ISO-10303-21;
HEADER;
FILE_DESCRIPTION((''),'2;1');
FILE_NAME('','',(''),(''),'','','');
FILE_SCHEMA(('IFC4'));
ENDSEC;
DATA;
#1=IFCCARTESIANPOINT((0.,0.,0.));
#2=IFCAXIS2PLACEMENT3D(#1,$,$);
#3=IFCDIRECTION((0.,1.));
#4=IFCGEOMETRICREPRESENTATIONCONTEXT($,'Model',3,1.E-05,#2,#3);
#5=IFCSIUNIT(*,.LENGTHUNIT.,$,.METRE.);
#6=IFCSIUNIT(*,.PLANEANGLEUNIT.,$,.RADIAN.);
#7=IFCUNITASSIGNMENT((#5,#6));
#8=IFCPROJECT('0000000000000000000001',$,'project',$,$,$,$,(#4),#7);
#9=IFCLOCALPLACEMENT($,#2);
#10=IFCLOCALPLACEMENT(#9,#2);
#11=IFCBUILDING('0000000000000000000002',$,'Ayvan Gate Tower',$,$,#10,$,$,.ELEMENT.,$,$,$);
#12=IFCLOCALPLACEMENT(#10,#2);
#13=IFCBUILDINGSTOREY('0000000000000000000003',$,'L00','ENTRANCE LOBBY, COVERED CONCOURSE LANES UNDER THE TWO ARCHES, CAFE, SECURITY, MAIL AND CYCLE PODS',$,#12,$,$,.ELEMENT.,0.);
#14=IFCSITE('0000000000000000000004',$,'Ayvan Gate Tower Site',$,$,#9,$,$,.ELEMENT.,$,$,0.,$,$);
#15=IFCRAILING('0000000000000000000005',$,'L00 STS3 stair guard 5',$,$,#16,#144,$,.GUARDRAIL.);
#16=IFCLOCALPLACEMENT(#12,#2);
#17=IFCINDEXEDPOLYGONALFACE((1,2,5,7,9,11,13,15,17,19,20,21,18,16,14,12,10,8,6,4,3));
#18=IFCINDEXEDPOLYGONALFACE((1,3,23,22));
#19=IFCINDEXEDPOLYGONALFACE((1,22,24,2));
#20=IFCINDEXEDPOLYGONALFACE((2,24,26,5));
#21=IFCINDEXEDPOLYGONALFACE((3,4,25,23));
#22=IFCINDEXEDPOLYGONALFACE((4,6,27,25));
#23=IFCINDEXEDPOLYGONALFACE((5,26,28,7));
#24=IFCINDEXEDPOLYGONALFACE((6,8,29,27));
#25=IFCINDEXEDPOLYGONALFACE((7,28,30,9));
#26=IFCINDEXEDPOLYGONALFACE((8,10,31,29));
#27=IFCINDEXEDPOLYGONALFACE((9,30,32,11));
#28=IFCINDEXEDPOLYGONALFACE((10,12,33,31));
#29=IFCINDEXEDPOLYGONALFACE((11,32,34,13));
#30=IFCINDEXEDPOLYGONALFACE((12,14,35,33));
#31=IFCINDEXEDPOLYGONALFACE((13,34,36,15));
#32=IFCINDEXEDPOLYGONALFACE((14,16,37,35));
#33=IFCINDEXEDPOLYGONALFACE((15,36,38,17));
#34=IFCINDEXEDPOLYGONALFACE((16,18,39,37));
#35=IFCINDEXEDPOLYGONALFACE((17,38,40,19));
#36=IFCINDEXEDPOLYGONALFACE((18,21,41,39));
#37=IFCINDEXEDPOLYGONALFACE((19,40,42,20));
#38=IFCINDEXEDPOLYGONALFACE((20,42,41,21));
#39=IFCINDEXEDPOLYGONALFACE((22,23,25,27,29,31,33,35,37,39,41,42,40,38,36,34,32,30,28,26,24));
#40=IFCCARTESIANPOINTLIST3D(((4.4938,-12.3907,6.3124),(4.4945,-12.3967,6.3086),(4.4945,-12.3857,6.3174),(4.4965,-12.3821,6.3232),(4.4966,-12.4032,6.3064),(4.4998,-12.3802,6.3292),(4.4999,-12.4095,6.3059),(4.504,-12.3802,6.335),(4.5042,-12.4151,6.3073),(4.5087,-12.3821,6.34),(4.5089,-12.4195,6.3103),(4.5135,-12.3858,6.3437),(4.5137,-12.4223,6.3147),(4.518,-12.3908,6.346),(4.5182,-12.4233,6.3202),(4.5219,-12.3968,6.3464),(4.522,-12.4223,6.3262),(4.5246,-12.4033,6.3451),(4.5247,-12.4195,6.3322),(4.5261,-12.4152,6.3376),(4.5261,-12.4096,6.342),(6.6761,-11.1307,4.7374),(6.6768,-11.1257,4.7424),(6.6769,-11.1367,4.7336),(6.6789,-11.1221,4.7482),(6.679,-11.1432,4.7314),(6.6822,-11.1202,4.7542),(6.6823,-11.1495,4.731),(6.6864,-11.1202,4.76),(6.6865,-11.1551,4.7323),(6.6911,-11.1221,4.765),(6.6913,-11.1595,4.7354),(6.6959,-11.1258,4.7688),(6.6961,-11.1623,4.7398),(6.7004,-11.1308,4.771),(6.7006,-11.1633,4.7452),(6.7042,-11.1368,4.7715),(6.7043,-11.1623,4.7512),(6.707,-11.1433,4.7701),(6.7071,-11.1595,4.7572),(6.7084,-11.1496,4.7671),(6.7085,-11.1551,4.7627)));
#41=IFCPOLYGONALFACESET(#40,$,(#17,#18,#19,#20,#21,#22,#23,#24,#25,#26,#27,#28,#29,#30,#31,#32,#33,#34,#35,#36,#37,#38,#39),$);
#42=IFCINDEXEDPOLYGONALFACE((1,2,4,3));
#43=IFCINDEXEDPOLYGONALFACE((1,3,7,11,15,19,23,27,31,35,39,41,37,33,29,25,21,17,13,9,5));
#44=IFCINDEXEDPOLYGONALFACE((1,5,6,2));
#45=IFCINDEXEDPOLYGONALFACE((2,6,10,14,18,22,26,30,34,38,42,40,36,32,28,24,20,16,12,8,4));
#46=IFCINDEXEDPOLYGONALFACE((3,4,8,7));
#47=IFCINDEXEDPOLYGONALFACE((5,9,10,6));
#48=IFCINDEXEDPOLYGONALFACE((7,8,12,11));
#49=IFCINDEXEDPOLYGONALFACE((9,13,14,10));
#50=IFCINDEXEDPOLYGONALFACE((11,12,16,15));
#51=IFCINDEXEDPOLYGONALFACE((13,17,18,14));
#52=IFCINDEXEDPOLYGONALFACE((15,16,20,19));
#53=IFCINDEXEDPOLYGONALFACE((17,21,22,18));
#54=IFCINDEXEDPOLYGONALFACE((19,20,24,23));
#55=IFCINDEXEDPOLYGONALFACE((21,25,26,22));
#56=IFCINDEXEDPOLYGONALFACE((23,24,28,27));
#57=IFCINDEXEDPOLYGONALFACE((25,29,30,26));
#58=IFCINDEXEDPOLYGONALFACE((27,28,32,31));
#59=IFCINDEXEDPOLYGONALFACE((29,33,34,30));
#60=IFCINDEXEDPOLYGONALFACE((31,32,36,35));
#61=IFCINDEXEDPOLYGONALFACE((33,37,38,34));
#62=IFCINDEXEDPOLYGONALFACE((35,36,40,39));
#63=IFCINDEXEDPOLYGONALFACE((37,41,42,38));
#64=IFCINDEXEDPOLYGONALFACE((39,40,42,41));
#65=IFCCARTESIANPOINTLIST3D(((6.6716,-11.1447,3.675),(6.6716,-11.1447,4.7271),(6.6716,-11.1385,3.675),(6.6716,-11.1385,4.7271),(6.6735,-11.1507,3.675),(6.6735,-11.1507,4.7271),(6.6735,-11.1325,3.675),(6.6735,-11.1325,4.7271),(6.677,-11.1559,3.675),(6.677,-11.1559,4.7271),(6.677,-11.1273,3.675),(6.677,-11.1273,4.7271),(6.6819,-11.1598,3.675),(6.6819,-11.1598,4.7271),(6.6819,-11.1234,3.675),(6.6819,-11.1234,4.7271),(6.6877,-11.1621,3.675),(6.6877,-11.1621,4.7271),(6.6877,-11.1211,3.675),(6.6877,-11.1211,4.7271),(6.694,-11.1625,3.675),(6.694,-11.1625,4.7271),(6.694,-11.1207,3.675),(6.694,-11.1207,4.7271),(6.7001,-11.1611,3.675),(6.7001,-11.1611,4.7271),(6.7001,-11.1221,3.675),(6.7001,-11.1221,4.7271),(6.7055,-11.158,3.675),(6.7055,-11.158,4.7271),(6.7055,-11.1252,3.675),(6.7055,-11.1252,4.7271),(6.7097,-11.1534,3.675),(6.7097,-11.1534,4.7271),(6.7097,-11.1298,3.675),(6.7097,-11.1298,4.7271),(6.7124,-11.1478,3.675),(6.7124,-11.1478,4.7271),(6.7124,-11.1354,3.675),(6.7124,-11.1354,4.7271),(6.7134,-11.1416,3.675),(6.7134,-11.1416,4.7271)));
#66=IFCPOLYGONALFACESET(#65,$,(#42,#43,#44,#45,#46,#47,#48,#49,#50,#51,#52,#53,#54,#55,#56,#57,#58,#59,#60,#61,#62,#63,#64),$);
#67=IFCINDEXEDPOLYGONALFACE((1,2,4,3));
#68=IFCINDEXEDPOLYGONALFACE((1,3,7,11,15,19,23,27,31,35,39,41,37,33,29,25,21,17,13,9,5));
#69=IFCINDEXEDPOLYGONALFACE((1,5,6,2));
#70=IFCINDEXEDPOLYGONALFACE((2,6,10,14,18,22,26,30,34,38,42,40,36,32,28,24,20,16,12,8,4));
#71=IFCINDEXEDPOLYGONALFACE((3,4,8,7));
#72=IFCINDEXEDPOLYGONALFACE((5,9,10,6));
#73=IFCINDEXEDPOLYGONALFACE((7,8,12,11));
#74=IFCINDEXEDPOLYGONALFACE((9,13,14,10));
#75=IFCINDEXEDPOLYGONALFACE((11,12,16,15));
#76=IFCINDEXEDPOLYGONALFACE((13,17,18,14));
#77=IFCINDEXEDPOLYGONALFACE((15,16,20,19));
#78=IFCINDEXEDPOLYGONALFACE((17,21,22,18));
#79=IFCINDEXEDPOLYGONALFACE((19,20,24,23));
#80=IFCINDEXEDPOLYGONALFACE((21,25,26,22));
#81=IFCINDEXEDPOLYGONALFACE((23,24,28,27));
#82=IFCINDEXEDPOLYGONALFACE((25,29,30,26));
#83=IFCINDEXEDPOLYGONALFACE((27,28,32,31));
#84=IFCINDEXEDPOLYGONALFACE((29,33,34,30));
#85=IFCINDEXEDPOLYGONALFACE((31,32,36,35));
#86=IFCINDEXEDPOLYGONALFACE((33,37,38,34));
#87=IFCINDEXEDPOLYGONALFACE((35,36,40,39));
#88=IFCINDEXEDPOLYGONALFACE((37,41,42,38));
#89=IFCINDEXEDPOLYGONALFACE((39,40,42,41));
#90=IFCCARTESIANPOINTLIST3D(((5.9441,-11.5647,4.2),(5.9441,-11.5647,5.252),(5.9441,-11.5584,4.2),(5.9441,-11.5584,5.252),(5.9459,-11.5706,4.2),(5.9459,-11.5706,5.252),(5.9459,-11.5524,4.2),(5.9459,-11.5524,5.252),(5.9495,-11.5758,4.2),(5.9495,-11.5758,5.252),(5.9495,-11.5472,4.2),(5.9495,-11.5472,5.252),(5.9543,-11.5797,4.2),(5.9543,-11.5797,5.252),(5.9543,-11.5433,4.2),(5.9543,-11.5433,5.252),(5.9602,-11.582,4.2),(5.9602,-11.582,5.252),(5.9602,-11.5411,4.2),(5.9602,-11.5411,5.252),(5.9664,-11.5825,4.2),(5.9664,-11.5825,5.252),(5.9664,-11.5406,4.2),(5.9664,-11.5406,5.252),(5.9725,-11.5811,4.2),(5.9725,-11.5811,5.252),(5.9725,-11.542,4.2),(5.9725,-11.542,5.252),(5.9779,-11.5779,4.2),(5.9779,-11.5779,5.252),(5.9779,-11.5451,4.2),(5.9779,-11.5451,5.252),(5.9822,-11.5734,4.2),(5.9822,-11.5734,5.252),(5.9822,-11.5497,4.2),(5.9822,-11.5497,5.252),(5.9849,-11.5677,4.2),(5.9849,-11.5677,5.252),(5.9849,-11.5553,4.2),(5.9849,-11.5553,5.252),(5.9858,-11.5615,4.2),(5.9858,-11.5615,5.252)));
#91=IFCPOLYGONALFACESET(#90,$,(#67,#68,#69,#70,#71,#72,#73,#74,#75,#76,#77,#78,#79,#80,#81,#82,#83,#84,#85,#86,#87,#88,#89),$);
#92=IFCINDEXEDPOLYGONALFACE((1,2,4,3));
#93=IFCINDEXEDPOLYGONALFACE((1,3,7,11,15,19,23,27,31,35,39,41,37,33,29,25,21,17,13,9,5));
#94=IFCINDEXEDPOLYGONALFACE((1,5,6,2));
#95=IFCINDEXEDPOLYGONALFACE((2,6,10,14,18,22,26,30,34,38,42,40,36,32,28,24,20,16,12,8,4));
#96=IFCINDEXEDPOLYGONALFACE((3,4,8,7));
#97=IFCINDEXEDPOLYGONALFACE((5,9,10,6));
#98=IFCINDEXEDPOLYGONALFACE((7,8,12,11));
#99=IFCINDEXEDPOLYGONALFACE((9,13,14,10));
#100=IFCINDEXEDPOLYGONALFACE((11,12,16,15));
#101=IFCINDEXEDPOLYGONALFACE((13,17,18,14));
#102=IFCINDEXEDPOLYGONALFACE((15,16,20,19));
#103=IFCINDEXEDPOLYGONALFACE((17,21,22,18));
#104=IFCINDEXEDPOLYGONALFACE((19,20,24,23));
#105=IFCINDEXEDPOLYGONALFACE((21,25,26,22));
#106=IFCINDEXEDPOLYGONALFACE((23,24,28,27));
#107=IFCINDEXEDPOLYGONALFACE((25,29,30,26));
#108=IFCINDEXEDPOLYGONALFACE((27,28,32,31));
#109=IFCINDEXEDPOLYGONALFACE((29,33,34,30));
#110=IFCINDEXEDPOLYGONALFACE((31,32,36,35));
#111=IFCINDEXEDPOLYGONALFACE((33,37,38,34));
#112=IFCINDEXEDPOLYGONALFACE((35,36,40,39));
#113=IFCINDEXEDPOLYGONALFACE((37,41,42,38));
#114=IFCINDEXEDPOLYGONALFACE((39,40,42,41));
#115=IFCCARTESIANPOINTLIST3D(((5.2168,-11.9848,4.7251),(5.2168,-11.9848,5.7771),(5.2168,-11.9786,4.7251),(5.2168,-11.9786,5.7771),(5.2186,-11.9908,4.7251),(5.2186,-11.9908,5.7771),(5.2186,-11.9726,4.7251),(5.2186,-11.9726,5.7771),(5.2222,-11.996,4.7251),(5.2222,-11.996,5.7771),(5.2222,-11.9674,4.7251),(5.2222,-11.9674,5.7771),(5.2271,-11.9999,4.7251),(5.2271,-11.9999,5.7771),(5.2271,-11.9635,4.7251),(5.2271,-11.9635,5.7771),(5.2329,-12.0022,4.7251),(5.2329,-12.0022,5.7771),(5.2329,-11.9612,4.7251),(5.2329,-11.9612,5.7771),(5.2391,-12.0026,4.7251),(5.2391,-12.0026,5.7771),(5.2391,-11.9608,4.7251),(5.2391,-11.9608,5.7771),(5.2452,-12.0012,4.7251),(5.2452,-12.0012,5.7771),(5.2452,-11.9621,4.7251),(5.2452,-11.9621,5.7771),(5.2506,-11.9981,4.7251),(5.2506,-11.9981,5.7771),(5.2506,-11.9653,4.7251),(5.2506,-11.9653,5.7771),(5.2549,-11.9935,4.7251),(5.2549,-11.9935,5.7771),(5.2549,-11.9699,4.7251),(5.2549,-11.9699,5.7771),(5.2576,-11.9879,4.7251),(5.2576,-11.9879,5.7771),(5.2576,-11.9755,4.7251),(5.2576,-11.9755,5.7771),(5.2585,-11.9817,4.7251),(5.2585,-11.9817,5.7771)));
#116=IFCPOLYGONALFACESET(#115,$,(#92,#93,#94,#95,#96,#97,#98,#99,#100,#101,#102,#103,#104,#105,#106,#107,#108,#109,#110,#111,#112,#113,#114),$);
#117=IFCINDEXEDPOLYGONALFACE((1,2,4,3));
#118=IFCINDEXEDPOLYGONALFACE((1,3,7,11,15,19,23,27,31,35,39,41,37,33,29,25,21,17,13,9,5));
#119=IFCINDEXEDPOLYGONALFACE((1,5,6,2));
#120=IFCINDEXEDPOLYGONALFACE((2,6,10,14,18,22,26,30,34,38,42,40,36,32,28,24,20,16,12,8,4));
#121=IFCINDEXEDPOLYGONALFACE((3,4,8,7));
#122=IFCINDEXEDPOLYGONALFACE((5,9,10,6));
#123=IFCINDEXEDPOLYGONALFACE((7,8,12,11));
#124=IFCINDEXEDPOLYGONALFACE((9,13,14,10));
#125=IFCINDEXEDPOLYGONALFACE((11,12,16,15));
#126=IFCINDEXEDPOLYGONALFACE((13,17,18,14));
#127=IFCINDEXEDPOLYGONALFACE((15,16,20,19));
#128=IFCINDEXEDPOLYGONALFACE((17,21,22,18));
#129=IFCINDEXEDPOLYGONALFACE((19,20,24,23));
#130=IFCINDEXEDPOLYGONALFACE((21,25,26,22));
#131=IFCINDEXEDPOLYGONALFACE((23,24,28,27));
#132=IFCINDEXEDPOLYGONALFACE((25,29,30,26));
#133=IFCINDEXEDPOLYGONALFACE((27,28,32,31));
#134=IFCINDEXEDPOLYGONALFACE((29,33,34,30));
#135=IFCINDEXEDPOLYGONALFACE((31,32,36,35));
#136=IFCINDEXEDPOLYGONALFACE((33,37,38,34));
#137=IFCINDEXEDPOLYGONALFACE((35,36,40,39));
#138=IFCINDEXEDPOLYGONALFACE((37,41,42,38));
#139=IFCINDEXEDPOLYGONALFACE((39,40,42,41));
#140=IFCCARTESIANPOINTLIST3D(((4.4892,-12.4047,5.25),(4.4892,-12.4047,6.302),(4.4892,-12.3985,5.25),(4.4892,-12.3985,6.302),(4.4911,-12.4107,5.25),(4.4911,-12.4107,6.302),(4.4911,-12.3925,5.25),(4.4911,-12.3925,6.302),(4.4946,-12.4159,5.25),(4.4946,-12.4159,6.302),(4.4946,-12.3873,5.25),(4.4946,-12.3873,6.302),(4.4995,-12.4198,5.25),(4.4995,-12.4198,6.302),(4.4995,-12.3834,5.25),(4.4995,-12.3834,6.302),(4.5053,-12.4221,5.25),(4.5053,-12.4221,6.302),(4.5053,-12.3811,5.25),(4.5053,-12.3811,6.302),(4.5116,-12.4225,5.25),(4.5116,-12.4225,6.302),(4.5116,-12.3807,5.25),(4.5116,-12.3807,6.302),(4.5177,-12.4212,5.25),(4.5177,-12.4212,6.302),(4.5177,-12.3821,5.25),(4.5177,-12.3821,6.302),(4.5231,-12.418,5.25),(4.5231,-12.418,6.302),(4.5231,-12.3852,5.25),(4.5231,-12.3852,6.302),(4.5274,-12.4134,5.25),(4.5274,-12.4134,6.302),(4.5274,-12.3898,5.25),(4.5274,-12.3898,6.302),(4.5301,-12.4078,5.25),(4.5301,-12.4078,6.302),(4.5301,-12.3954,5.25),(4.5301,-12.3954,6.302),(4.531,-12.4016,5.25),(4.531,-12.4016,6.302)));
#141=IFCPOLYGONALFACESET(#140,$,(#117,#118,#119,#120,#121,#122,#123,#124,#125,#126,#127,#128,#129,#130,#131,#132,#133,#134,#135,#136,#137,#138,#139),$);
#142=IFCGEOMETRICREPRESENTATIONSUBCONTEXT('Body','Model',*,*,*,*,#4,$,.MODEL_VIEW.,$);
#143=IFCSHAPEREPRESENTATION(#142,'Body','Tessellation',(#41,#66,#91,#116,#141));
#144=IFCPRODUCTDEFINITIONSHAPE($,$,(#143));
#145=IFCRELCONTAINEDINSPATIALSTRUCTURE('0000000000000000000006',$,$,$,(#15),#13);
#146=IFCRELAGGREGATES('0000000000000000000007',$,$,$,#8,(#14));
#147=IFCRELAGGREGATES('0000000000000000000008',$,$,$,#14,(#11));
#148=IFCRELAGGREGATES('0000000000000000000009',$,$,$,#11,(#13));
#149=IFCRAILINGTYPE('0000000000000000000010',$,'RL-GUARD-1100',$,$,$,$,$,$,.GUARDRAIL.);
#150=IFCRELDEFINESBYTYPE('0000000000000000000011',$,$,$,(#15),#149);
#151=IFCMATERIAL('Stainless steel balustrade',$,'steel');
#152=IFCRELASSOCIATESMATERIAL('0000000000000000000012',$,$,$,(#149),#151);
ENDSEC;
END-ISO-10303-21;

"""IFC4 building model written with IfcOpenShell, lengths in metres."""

from ifc_helpers import new_model, si_unit, direction, frame, origin, origin_2d, place, context, subcontext, project, spatial, circle, extrude, material, type_object, element, save


model = new_model("IFC4")

# Units and contexts
model_context = context("Model", 3, precision=1e-05, world=origin(), true_north=direction((0.0, 1.0)))
body_context = subcontext(model_context, "Body", "Model", "MODEL_VIEW")
ifc_project = project(units=[si_unit("LENGTHUNIT", "METRE"), si_unit("PLANEANGLEUNIT", "RADIAN")], contexts=[model_context])

# Site, building, storey
site_placement = place(None, origin())
site = spatial("IfcSite", under=ifc_project, at=site_placement, Name="Ayvan Gate Tower Site", CompositionType="ELEMENT", RefElevation=0.0)
building_placement = place(site_placement, origin())
building = spatial("IfcBuilding", under=site, at=building_placement, Name="Ayvan Gate Tower", CompositionType="ELEMENT")
storey_placement = place(building_placement, origin())
storey = spatial("IfcBuildingStorey", under=building, at=storey_placement, Name="L00", Description="ENTRANCE LOBBY, COVERED CONCOURSE LANES UNDER THE TWO ARCHES, CAFE, SECURITY, MAIL AND CYCLE PODS", CompositionType="ELEMENT", Elevation=0.0)

# Railing
ifc_material_1 = material(Name="Stainless steel balustrade", Category="steel")
railing_type_1 = type_object("IfcRailingType", Name="RL-GUARD-1100", PredefinedType="GUARDRAIL", material=ifc_material_1)
railing_1_placement = place(storey_placement, frame((6.6924, -11.1416, 3.675)))
element("IfcRailing", 1, at=railing_1_placement, inside=storey, type_object=railing_type_1, Name="L00 STS3 stair guard 5", PredefinedType="GUARDRAIL", context=body_context, shape_type="SweptSolid", body=[
    extrude(circle(Radius=0.0239, at=origin_2d()), frame((0.0, 0.0, 1.0762), z_axis=(-0.734392, -0.424007, 0.529988), x_axis=(0.500005, -0.866023, 0.0)), (0.0, 0.0, 1.0), 2.9717),
    extrude(circle(Radius=0.021, at=origin_2d()), origin(), (0.0, 0.0, 1.0), 1.052),
    extrude(circle(Radius=0.021, at=origin_2d()), frame((-0.7275, -0.4199, 0.5249)), (0.0, 0.0, 1.0), 1.052),
    extrude(circle(Radius=0.021, at=origin_2d()), frame((-1.4548, -0.8401, 1.05)), (0.0, 0.0, 1.0), 1.052),
    extrude(circle(Radius=0.021, at=origin_2d()), frame((-2.1824, -1.26, 1.575)), (0.0, 0.0, 1.0), 1.052),
])

save(model, "model.ifc")
